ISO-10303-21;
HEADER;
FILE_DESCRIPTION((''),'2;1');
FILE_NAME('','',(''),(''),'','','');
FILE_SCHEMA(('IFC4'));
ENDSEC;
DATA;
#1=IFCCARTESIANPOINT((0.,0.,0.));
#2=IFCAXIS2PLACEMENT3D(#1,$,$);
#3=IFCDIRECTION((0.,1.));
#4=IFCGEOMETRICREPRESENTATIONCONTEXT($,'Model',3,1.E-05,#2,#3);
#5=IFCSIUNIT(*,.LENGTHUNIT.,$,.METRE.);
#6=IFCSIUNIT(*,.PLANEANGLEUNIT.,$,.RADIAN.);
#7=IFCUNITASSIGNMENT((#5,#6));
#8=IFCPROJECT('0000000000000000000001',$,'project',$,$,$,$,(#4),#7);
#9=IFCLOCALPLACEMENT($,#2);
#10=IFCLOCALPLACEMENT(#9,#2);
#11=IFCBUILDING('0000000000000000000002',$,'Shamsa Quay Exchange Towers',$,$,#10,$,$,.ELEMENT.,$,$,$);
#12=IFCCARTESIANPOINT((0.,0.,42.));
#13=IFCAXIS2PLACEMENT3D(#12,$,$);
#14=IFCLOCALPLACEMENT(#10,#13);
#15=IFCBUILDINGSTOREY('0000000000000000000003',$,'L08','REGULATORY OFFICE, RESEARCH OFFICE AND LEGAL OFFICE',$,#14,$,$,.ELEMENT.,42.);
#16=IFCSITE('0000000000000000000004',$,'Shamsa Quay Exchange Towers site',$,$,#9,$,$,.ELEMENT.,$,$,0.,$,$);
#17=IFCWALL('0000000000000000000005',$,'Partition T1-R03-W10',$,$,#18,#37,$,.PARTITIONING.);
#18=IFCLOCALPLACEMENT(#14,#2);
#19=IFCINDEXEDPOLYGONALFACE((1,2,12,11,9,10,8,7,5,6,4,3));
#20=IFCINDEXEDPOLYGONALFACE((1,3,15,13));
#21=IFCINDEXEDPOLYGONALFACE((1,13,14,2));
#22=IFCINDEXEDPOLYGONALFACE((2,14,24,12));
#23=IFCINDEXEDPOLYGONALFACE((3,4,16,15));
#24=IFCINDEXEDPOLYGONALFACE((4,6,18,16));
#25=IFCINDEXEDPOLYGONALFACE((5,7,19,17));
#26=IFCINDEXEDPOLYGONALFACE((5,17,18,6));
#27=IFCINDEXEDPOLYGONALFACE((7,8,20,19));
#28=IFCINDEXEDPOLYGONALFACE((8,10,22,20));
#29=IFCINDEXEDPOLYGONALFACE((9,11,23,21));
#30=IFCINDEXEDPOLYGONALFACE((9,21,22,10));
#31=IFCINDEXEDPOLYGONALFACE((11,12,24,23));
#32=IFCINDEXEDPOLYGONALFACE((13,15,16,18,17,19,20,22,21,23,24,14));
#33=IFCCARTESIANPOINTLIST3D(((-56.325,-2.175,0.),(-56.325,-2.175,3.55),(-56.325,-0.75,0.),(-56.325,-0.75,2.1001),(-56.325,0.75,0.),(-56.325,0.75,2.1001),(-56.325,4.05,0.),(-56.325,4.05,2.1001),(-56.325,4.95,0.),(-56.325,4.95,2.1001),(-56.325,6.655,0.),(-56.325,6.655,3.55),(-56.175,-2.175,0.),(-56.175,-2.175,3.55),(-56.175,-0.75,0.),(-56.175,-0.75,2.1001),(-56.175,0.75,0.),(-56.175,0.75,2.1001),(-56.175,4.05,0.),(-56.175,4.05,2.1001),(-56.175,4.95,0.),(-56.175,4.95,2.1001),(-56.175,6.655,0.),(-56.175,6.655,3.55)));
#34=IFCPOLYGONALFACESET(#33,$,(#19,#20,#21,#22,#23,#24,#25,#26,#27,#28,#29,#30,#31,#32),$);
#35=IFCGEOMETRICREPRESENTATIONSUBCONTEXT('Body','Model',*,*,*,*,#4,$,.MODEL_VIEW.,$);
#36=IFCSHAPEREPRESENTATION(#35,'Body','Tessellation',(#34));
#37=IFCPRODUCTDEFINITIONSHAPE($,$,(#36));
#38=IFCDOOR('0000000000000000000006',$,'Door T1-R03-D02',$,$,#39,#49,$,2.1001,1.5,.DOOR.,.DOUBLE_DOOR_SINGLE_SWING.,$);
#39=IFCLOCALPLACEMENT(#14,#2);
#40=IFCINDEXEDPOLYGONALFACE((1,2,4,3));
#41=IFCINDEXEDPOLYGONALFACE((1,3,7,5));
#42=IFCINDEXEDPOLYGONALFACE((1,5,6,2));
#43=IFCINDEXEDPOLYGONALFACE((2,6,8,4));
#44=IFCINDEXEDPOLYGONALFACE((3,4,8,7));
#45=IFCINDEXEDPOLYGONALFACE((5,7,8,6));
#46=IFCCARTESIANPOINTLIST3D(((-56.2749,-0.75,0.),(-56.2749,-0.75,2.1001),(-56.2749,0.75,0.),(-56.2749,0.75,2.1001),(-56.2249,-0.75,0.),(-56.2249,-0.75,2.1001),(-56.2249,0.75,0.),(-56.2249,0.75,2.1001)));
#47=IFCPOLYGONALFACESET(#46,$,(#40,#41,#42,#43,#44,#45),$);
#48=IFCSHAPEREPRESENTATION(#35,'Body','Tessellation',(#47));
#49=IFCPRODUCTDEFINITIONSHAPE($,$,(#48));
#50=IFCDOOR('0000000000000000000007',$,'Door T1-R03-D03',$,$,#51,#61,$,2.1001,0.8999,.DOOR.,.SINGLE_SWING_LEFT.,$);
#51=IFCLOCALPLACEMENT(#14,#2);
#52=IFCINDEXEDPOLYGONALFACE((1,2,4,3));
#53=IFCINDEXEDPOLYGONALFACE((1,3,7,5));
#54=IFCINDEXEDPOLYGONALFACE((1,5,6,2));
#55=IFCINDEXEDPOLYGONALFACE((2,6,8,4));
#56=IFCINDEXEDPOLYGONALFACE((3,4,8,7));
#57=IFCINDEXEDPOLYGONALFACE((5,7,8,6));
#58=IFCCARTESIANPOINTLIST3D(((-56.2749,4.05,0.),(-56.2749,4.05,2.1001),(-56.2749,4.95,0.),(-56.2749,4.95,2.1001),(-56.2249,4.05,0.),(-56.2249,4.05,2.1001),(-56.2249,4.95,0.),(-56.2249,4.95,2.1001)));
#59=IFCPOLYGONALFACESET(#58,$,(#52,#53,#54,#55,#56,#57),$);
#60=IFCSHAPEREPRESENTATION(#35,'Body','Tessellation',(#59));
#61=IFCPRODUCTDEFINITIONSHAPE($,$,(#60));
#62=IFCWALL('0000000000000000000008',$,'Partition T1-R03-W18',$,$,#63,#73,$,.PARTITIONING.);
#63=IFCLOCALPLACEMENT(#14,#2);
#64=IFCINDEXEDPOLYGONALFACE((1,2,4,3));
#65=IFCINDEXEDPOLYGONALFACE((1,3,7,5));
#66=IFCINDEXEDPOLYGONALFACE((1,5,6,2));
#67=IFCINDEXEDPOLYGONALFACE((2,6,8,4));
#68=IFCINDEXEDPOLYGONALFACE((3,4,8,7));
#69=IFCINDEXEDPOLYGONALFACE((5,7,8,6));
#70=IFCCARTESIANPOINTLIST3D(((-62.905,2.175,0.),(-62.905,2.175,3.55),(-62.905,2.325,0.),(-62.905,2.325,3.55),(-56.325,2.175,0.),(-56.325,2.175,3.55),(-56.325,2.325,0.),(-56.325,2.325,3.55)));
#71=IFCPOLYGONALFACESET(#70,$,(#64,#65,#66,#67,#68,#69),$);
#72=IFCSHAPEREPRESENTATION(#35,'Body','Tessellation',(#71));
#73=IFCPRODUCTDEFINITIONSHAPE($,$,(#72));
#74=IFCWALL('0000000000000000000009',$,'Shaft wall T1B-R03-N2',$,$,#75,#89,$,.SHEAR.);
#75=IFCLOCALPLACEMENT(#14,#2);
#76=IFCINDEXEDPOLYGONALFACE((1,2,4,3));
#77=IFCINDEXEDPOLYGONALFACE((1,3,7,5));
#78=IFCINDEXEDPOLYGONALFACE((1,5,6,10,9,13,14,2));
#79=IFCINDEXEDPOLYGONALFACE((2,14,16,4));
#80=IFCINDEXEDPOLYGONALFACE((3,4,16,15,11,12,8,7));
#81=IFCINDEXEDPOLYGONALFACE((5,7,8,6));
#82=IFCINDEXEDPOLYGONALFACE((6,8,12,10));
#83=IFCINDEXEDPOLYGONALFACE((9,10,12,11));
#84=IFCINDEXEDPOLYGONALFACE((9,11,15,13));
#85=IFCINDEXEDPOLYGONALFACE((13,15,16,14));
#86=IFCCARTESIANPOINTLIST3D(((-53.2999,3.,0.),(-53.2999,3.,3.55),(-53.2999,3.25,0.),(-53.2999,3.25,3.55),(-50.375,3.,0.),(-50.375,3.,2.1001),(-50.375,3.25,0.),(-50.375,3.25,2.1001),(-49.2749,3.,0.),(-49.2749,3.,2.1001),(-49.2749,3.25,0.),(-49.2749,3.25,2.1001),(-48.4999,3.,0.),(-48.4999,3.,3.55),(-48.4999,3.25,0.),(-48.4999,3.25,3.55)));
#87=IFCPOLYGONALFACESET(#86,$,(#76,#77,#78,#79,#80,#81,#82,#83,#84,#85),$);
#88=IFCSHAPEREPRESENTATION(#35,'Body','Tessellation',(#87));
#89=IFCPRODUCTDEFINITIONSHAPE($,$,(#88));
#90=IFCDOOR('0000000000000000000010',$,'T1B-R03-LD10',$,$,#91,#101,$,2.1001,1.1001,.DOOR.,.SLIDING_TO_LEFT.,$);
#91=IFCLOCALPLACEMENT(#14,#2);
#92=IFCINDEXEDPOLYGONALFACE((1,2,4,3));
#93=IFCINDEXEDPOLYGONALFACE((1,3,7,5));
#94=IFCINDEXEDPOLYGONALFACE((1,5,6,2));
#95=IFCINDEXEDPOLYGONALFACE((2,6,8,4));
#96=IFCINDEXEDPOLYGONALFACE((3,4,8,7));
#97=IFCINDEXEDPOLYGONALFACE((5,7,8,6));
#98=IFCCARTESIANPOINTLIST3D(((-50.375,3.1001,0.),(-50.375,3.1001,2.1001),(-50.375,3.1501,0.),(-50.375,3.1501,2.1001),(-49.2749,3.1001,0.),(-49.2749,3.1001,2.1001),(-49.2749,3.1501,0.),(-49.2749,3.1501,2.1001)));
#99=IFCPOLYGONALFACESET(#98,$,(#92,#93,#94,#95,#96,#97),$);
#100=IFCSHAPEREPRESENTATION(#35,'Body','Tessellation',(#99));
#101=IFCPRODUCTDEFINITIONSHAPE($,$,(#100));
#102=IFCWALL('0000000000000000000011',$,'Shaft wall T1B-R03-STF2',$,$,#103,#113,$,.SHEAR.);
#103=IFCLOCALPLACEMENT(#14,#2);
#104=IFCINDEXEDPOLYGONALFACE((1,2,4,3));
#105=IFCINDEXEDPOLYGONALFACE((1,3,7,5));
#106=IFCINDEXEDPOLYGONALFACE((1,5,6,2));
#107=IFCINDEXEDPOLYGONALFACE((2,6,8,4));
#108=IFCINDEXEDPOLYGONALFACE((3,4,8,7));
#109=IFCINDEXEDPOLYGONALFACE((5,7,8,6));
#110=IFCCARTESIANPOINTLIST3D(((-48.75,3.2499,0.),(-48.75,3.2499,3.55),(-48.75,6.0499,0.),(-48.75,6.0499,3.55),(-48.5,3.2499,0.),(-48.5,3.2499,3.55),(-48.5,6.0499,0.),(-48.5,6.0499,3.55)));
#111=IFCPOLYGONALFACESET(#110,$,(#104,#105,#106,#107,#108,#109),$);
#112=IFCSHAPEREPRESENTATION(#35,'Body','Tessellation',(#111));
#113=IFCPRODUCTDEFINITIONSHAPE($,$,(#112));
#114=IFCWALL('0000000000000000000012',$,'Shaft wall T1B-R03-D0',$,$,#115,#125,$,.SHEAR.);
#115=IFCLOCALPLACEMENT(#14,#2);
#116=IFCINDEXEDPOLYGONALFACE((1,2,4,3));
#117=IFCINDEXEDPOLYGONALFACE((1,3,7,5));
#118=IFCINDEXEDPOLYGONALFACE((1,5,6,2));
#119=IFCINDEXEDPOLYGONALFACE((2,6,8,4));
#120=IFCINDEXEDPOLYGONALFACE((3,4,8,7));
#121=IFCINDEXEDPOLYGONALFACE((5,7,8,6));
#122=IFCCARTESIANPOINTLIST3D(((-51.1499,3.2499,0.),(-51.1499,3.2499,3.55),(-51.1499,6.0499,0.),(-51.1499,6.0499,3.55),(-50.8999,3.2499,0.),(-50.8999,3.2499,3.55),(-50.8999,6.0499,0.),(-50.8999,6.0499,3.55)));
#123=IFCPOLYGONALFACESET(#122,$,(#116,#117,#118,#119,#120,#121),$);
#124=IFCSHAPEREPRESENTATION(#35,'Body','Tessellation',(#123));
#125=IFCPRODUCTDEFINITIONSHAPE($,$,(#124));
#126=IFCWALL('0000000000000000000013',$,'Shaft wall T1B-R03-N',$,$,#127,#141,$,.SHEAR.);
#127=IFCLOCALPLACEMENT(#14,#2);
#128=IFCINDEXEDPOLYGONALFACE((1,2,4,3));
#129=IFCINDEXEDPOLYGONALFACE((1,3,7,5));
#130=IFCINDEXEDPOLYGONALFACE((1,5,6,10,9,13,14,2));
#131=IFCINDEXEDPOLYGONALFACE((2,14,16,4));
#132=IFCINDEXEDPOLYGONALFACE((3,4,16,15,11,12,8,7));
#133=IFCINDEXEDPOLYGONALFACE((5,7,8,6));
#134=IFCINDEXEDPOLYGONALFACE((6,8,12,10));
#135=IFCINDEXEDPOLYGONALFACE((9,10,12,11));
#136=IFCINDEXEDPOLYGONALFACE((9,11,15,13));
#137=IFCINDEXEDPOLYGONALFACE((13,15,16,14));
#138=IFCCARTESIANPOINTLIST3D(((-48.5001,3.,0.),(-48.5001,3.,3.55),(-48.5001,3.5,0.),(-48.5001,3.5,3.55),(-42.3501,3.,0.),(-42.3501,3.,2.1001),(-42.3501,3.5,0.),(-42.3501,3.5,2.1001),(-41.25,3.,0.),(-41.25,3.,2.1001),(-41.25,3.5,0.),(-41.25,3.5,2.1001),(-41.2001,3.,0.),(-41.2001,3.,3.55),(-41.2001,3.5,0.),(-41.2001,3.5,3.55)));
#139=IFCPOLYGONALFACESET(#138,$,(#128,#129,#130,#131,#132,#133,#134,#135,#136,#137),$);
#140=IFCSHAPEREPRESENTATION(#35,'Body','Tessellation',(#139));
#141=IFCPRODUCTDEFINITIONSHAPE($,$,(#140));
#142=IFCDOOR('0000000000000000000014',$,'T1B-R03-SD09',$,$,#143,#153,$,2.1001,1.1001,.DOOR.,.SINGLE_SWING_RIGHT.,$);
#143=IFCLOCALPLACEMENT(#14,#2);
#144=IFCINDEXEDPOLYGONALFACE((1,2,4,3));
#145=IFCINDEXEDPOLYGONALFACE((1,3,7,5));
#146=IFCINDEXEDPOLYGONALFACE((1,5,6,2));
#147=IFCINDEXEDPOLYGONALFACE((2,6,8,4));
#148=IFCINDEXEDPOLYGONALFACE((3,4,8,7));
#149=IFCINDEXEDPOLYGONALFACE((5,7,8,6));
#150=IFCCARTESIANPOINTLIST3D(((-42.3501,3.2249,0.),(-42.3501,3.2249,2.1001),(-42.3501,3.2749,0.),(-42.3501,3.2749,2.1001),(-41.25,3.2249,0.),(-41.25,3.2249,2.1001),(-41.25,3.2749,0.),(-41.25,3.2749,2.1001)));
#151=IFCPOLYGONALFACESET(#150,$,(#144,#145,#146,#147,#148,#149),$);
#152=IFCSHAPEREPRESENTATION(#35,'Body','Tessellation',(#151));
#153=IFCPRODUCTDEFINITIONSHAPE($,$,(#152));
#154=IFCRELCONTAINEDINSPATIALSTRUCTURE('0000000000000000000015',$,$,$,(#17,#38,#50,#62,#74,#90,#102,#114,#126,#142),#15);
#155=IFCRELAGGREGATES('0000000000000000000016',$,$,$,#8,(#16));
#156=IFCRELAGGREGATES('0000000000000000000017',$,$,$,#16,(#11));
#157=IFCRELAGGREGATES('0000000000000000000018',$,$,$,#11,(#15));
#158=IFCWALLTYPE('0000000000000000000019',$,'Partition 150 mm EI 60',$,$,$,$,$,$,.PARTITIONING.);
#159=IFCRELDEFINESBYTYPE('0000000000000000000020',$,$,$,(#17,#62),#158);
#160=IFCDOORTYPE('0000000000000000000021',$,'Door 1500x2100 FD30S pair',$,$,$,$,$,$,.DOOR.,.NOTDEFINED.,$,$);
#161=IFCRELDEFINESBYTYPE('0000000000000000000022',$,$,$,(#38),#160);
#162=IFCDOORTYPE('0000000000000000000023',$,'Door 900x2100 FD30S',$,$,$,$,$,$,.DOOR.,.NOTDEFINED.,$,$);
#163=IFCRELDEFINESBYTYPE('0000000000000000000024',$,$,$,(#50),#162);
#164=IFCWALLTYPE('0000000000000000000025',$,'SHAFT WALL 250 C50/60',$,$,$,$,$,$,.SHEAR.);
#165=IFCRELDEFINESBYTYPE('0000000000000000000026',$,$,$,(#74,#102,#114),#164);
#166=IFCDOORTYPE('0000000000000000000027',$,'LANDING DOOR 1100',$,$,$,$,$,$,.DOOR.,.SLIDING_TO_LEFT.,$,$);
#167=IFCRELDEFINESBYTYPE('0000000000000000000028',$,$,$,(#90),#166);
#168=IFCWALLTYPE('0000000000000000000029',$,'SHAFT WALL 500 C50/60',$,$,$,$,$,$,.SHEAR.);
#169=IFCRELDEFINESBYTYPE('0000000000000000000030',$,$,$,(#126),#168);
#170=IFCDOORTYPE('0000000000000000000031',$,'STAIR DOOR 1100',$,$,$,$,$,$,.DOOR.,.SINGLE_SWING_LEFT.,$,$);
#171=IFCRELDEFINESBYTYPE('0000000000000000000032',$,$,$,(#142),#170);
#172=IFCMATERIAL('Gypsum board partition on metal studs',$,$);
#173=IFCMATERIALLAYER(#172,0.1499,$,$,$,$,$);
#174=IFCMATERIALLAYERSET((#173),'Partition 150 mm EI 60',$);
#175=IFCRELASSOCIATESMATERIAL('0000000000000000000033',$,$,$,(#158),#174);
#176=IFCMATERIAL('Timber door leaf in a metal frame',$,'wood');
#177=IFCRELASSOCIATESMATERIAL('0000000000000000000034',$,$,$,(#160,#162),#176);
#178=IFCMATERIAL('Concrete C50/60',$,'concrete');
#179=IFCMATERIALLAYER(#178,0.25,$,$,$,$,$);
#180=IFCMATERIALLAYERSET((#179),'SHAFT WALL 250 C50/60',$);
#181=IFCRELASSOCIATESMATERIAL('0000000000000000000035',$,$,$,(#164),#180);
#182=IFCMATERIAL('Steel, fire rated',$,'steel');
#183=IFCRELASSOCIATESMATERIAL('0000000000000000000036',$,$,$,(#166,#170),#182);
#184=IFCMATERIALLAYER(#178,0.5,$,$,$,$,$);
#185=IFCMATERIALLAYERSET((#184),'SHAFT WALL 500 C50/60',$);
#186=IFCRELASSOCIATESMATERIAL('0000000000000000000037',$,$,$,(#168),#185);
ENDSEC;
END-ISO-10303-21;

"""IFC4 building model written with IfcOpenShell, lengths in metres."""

from ifc_helpers import new_model, si_unit, direction, frame, frame_2d, origin, place, context, subcontext, project, spatial, rectangle, extrude, material, layer, layer_set, type_object, element, fill, save


model = new_model("IFC4")

# Units and contexts
model_context = context("Model", 3, precision=1e-05, world=origin(), true_north=direction((0.0, 1.0)))
body_context = subcontext(model_context, "Body", "Model", "MODEL_VIEW")
ifc_project = project(units=[si_unit("LENGTHUNIT", "METRE"), si_unit("PLANEANGLEUNIT", "RADIAN")], contexts=[model_context])

# Site, building, storey
site_placement = place(None, origin())
site = spatial("IfcSite", under=ifc_project, at=site_placement, Name="Shamsa Quay Exchange Towers site", CompositionType="ELEMENT", RefElevation=0.0)
building_placement = place(site_placement, origin())
building = spatial("IfcBuilding", under=site, at=building_placement, Name="Shamsa Quay Exchange Towers", CompositionType="ELEMENT")
storey_placement = place(building_placement, frame((0.0, 0.0, 42.0)))
storey = spatial("IfcBuildingStorey", under=building, at=storey_placement, Name="L08", Description="REGULATORY OFFICE, RESEARCH OFFICE AND LEGAL OFFICE", CompositionType="ELEMENT", Elevation=42.0)

# Wall, openings, doors
ifc_material_1 = material(Name="Gypsum board partition on metal studs")
ifc_layer_1 = layer(ifc_material_1, 0.1499)
ifc_layer_set_1 = layer_set([ifc_layer_1], Name="Partition 150 mm EI 60")
wall_type_1 = type_object("IfcWallType", Name="Partition 150 mm EI 60", PredefinedType="PARTITIONING", material=ifc_layer_set_1)
wall_1_placement = place(storey_placement, frame((-56.25, -2.175, 0.0), z_axis=(0.0, 0.0, 1.0), x_axis=(0.0, 1.0, 0.0)))
wall_1 = element("IfcWall", 1, at=wall_1_placement, inside=storey, type_object=wall_type_1, Name="Partition T1-R03-W10", PredefinedType="PARTITIONING", context=body_context, shape_type="SweptSolid", body=[
    extrude(rectangle(XDim=8.8301, YDim=0.1499, at=frame_2d((4.415, 0.0))), origin(), (0.0, 0.0, 1.0), 3.55),
])
opening_1_placement = place(wall_1_placement, frame((1.425, 0.0, 0.0)))
opening_1 = element("IfcOpeningElement", 2, at=opening_1_placement, cuts=wall_1, PredefinedType="OPENING", context=body_context, shape_type="SweptSolid", body=[
    extrude(rectangle(XDim=1.5, YDim=2.1001, at=frame_2d((0.75, 1.05))), frame((0.0, 0.085, 0.0), z_axis=(0.0, -1.0, 0.0), x_axis=(1.0, 0.0, 0.0)), (0.0, 0.0, 1.0), 0.1699),
])
opening_2_placement = place(wall_1_placement, frame((6.2251, 0.0, 0.0)))
opening_2 = element("IfcOpeningElement", 3, at=opening_2_placement, cuts=wall_1, PredefinedType="OPENING", context=body_context, shape_type="SweptSolid", body=[
    extrude(rectangle(XDim=0.8999, YDim=2.1001, at=frame_2d((0.45, 1.05))), frame((0.0, 0.085, 0.0), z_axis=(0.0, -1.0, 0.0), x_axis=(1.0, 0.0, 0.0)), (0.0, 0.0, 1.0), 0.1699),
])
ifc_material_2 = material(Name="Timber door leaf in a metal frame", Category="wood")
door_type_1 = type_object("IfcDoorType", Name="Door 1500x2100 FD30S pair", OperationType="NOTDEFINED", PredefinedType="DOOR", material=ifc_material_2)
door_1_placement = place(opening_1_placement, origin())
door_1 = element("IfcDoor", 4, at=door_1_placement, inside=storey, type_object=door_type_1, Name="Door T1-R03-D02", OperationType="DOUBLE_DOOR_SINGLE_SWING", OverallHeight=2.1001, OverallWidth=1.5, PredefinedType="DOOR", context=body_context, shape_type="SweptSolid", body=[
    extrude(rectangle(XDim=1.5, YDim=2.1001, at=frame_2d((0.75, 1.05))), frame((0.0, 0.0249, 0.0), z_axis=(0.0, -1.0, 0.0), x_axis=(1.0, 0.0, 0.0)), (0.0, 0.0, 1.0), 0.05),
])
fill(opening_1, door_1)
door_type_2 = type_object("IfcDoorType", Name="Door 900x2100 FD30S", OperationType="NOTDEFINED", PredefinedType="DOOR", material=ifc_material_2)
door_2_placement = place(opening_2_placement, origin())
door_2 = element("IfcDoor", 5, at=door_2_placement, inside=storey, type_object=door_type_2, Name="Door T1-R03-D03", OperationType="SINGLE_SWING_LEFT", OverallHeight=2.1001, OverallWidth=0.8999, PredefinedType="DOOR", context=body_context, shape_type="SweptSolid", body=[
    extrude(rectangle(XDim=0.8999, YDim=2.1001, at=frame_2d((0.45, 1.05))), frame((0.0, 0.0249, 0.0), z_axis=(0.0, -1.0, 0.0), x_axis=(1.0, 0.0, 0.0)), (0.0, 0.0, 1.0), 0.05),
])
fill(opening_2, door_2)

# Wall
wall_2_placement = place(storey_placement, frame((-56.325, 2.25, 0.0), z_axis=(0.0, 0.0, 1.0), x_axis=(-1.0, 0.0, 0.0)))
element("IfcWall", 6, at=wall_2_placement, inside=storey, type_object=wall_type_1, Name="Partition T1-R03-W18", PredefinedType="PARTITIONING", context=body_context, shape_type="SweptSolid", body=[
    extrude(rectangle(XDim=6.5801, YDim=0.1499, at=frame_2d((3.29, 0.0))), origin(), (0.0, 0.0, 1.0), 3.55),
])

# Wall, opening, door
ifc_material_3 = material(Name="Concrete C50/60", Category="concrete")
ifc_layer_2 = layer(ifc_material_3, 0.25)
ifc_layer_set_2 = layer_set([ifc_layer_2], Name="SHAFT WALL 250 C50/60")
wall_type_2 = type_object("IfcWallType", Name="SHAFT WALL 250 C50/60", PredefinedType="SHEAR", material=ifc_layer_set_2)
wall_3_placement = place(storey_placement, frame((-48.5, 3.125, 0.0), z_axis=(0.0, 0.0, 1.0), x_axis=(-1.0, 0.0, 0.0)))
wall_3 = element("IfcWall", 7, at=wall_3_placement, inside=storey, type_object=wall_type_2, Name="Shaft wall T1B-R03-N2", PredefinedType="SHEAR", context=body_context, shape_type="SweptSolid", body=[
    extrude(rectangle(XDim=4.8, YDim=0.25, at=frame_2d((2.3999, 0.0))), origin(), (0.0, 0.0, 1.0), 3.55),
])
opening_3_placement = place(wall_3_placement, frame((0.7749, 0.0, 0.0)))
opening_3 = element("IfcOpeningElement", 8, at=opening_3_placement, cuts=wall_3, PredefinedType="OPENING", context=body_context, shape_type="SweptSolid", body=[
    extrude(rectangle(XDim=1.1001, YDim=2.1001, at=frame_2d((0.55, 1.05))), frame((0.0, 0.135, 0.0), z_axis=(0.0, -1.0, 0.0), x_axis=(1.0, 0.0, 0.0)), (0.0, 0.0, 1.0), 0.27),
])
ifc_material_4 = material(Name="Steel, fire rated", Category="steel")
door_type_3 = type_object("IfcDoorType", Name="LANDING DOOR 1100", OperationType="SLIDING_TO_LEFT", PredefinedType="DOOR", material=ifc_material_4)
door_3_placement = place(opening_3_placement, origin())
door_3 = element("IfcDoor", 9, at=door_3_placement, inside=storey, type_object=door_type_3, Name="T1B-R03-LD10", OperationType="SLIDING_TO_LEFT", OverallHeight=2.1001, OverallWidth=1.1001, PredefinedType="DOOR", context=body_context, shape_type="SweptSolid", body=[
    extrude(rectangle(XDim=1.1001, YDim=2.1001, at=frame_2d((0.55, 1.05))), frame((0.0, 0.0249, 0.0), z_axis=(0.0, -1.0, 0.0), x_axis=(1.0, 0.0, 0.0)), (0.0, 0.0, 1.0), 0.05),
])
fill(opening_3, door_3)

# Walls
for number, where, z_axis, x_axis, name in (
    (10, (-48.625, 3.25, 0.0), (0.0, 0.0, 1.0), (0.0, 1.0, 0.0), "Shaft wall T1B-R03-STF2"),
    (11, (-51.0249, 3.25, 0.0), (0.0, 0.0, 1.0), (0.0, 1.0, 0.0), "Shaft wall T1B-R03-D0"),
):
    element("IfcWall", number, at=place(storey_placement, frame(where, z_axis=z_axis, x_axis=x_axis)), inside=storey, type_object=wall_type_2, Name=name, PredefinedType="SHEAR", context=body_context, shape_type="SweptSolid", body=[
        extrude(rectangle(XDim=2.8, YDim=0.25, at=frame_2d((1.3999, 0.0))), origin(), (0.0, 0.0, 1.0), 3.55),
    ])

# Wall, opening, door
ifc_layer_3 = layer(ifc_material_3, 0.5)
ifc_layer_set_3 = layer_set([ifc_layer_3], Name="SHAFT WALL 500 C50/60")
wall_type_3 = type_object("IfcWallType", Name="SHAFT WALL 500 C50/60", PredefinedType="SHEAR", material=ifc_layer_set_3)
wall_4_placement = place(storey_placement, frame((-48.5, 3.25, 0.0)))
wall_4 = element("IfcWall", 12, at=wall_4_placement, inside=storey, type_object=wall_type_3, Name="Shaft wall T1B-R03-N", PredefinedType="SHEAR", context=body_context, shape_type="SweptSolid", body=[
    extrude(rectangle(XDim=7.3, YDim=0.5, at=frame_2d((3.6499, 0.0))), origin(), (0.0, 0.0, 1.0), 3.55),
])
opening_4_placement = place(wall_4_placement, frame((6.1499, 0.0, 0.0)))
opening_4 = element("IfcOpeningElement", 13, at=opening_4_placement, cuts=wall_4, PredefinedType="OPENING", context=body_context, shape_type="SweptSolid", body=[
    extrude(rectangle(XDim=1.1001, YDim=2.1001, at=frame_2d((0.55, 1.05))), frame((0.0, 0.26, 0.0), z_axis=(0.0, -1.0, 0.0), x_axis=(1.0, 0.0, 0.0)), (0.0, 0.0, 1.0), 0.52),
])
door_type_4 = type_object("IfcDoorType", Name="STAIR DOOR 1100", OperationType="SINGLE_SWING_LEFT", PredefinedType="DOOR", material=ifc_material_4)
door_4_placement = place(opening_4_placement, origin())
door_4 = element("IfcDoor", 14, at=door_4_placement, inside=storey, type_object=door_type_4, Name="T1B-R03-SD09", OperationType="SINGLE_SWING_RIGHT", OverallHeight=2.1001, OverallWidth=1.1001, PredefinedType="DOOR", context=body_context, shape_type="SweptSolid", body=[
    extrude(rectangle(XDim=1.1001, YDim=2.1001, at=frame_2d((0.55, 1.05))), frame((0.0, 0.0249, 0.0), z_axis=(0.0, -1.0, 0.0), x_axis=(1.0, 0.0, 0.0)), (0.0, 0.0, 1.0), 0.05),
])
fill(opening_4, door_4)

save(model, "model.ifc")
